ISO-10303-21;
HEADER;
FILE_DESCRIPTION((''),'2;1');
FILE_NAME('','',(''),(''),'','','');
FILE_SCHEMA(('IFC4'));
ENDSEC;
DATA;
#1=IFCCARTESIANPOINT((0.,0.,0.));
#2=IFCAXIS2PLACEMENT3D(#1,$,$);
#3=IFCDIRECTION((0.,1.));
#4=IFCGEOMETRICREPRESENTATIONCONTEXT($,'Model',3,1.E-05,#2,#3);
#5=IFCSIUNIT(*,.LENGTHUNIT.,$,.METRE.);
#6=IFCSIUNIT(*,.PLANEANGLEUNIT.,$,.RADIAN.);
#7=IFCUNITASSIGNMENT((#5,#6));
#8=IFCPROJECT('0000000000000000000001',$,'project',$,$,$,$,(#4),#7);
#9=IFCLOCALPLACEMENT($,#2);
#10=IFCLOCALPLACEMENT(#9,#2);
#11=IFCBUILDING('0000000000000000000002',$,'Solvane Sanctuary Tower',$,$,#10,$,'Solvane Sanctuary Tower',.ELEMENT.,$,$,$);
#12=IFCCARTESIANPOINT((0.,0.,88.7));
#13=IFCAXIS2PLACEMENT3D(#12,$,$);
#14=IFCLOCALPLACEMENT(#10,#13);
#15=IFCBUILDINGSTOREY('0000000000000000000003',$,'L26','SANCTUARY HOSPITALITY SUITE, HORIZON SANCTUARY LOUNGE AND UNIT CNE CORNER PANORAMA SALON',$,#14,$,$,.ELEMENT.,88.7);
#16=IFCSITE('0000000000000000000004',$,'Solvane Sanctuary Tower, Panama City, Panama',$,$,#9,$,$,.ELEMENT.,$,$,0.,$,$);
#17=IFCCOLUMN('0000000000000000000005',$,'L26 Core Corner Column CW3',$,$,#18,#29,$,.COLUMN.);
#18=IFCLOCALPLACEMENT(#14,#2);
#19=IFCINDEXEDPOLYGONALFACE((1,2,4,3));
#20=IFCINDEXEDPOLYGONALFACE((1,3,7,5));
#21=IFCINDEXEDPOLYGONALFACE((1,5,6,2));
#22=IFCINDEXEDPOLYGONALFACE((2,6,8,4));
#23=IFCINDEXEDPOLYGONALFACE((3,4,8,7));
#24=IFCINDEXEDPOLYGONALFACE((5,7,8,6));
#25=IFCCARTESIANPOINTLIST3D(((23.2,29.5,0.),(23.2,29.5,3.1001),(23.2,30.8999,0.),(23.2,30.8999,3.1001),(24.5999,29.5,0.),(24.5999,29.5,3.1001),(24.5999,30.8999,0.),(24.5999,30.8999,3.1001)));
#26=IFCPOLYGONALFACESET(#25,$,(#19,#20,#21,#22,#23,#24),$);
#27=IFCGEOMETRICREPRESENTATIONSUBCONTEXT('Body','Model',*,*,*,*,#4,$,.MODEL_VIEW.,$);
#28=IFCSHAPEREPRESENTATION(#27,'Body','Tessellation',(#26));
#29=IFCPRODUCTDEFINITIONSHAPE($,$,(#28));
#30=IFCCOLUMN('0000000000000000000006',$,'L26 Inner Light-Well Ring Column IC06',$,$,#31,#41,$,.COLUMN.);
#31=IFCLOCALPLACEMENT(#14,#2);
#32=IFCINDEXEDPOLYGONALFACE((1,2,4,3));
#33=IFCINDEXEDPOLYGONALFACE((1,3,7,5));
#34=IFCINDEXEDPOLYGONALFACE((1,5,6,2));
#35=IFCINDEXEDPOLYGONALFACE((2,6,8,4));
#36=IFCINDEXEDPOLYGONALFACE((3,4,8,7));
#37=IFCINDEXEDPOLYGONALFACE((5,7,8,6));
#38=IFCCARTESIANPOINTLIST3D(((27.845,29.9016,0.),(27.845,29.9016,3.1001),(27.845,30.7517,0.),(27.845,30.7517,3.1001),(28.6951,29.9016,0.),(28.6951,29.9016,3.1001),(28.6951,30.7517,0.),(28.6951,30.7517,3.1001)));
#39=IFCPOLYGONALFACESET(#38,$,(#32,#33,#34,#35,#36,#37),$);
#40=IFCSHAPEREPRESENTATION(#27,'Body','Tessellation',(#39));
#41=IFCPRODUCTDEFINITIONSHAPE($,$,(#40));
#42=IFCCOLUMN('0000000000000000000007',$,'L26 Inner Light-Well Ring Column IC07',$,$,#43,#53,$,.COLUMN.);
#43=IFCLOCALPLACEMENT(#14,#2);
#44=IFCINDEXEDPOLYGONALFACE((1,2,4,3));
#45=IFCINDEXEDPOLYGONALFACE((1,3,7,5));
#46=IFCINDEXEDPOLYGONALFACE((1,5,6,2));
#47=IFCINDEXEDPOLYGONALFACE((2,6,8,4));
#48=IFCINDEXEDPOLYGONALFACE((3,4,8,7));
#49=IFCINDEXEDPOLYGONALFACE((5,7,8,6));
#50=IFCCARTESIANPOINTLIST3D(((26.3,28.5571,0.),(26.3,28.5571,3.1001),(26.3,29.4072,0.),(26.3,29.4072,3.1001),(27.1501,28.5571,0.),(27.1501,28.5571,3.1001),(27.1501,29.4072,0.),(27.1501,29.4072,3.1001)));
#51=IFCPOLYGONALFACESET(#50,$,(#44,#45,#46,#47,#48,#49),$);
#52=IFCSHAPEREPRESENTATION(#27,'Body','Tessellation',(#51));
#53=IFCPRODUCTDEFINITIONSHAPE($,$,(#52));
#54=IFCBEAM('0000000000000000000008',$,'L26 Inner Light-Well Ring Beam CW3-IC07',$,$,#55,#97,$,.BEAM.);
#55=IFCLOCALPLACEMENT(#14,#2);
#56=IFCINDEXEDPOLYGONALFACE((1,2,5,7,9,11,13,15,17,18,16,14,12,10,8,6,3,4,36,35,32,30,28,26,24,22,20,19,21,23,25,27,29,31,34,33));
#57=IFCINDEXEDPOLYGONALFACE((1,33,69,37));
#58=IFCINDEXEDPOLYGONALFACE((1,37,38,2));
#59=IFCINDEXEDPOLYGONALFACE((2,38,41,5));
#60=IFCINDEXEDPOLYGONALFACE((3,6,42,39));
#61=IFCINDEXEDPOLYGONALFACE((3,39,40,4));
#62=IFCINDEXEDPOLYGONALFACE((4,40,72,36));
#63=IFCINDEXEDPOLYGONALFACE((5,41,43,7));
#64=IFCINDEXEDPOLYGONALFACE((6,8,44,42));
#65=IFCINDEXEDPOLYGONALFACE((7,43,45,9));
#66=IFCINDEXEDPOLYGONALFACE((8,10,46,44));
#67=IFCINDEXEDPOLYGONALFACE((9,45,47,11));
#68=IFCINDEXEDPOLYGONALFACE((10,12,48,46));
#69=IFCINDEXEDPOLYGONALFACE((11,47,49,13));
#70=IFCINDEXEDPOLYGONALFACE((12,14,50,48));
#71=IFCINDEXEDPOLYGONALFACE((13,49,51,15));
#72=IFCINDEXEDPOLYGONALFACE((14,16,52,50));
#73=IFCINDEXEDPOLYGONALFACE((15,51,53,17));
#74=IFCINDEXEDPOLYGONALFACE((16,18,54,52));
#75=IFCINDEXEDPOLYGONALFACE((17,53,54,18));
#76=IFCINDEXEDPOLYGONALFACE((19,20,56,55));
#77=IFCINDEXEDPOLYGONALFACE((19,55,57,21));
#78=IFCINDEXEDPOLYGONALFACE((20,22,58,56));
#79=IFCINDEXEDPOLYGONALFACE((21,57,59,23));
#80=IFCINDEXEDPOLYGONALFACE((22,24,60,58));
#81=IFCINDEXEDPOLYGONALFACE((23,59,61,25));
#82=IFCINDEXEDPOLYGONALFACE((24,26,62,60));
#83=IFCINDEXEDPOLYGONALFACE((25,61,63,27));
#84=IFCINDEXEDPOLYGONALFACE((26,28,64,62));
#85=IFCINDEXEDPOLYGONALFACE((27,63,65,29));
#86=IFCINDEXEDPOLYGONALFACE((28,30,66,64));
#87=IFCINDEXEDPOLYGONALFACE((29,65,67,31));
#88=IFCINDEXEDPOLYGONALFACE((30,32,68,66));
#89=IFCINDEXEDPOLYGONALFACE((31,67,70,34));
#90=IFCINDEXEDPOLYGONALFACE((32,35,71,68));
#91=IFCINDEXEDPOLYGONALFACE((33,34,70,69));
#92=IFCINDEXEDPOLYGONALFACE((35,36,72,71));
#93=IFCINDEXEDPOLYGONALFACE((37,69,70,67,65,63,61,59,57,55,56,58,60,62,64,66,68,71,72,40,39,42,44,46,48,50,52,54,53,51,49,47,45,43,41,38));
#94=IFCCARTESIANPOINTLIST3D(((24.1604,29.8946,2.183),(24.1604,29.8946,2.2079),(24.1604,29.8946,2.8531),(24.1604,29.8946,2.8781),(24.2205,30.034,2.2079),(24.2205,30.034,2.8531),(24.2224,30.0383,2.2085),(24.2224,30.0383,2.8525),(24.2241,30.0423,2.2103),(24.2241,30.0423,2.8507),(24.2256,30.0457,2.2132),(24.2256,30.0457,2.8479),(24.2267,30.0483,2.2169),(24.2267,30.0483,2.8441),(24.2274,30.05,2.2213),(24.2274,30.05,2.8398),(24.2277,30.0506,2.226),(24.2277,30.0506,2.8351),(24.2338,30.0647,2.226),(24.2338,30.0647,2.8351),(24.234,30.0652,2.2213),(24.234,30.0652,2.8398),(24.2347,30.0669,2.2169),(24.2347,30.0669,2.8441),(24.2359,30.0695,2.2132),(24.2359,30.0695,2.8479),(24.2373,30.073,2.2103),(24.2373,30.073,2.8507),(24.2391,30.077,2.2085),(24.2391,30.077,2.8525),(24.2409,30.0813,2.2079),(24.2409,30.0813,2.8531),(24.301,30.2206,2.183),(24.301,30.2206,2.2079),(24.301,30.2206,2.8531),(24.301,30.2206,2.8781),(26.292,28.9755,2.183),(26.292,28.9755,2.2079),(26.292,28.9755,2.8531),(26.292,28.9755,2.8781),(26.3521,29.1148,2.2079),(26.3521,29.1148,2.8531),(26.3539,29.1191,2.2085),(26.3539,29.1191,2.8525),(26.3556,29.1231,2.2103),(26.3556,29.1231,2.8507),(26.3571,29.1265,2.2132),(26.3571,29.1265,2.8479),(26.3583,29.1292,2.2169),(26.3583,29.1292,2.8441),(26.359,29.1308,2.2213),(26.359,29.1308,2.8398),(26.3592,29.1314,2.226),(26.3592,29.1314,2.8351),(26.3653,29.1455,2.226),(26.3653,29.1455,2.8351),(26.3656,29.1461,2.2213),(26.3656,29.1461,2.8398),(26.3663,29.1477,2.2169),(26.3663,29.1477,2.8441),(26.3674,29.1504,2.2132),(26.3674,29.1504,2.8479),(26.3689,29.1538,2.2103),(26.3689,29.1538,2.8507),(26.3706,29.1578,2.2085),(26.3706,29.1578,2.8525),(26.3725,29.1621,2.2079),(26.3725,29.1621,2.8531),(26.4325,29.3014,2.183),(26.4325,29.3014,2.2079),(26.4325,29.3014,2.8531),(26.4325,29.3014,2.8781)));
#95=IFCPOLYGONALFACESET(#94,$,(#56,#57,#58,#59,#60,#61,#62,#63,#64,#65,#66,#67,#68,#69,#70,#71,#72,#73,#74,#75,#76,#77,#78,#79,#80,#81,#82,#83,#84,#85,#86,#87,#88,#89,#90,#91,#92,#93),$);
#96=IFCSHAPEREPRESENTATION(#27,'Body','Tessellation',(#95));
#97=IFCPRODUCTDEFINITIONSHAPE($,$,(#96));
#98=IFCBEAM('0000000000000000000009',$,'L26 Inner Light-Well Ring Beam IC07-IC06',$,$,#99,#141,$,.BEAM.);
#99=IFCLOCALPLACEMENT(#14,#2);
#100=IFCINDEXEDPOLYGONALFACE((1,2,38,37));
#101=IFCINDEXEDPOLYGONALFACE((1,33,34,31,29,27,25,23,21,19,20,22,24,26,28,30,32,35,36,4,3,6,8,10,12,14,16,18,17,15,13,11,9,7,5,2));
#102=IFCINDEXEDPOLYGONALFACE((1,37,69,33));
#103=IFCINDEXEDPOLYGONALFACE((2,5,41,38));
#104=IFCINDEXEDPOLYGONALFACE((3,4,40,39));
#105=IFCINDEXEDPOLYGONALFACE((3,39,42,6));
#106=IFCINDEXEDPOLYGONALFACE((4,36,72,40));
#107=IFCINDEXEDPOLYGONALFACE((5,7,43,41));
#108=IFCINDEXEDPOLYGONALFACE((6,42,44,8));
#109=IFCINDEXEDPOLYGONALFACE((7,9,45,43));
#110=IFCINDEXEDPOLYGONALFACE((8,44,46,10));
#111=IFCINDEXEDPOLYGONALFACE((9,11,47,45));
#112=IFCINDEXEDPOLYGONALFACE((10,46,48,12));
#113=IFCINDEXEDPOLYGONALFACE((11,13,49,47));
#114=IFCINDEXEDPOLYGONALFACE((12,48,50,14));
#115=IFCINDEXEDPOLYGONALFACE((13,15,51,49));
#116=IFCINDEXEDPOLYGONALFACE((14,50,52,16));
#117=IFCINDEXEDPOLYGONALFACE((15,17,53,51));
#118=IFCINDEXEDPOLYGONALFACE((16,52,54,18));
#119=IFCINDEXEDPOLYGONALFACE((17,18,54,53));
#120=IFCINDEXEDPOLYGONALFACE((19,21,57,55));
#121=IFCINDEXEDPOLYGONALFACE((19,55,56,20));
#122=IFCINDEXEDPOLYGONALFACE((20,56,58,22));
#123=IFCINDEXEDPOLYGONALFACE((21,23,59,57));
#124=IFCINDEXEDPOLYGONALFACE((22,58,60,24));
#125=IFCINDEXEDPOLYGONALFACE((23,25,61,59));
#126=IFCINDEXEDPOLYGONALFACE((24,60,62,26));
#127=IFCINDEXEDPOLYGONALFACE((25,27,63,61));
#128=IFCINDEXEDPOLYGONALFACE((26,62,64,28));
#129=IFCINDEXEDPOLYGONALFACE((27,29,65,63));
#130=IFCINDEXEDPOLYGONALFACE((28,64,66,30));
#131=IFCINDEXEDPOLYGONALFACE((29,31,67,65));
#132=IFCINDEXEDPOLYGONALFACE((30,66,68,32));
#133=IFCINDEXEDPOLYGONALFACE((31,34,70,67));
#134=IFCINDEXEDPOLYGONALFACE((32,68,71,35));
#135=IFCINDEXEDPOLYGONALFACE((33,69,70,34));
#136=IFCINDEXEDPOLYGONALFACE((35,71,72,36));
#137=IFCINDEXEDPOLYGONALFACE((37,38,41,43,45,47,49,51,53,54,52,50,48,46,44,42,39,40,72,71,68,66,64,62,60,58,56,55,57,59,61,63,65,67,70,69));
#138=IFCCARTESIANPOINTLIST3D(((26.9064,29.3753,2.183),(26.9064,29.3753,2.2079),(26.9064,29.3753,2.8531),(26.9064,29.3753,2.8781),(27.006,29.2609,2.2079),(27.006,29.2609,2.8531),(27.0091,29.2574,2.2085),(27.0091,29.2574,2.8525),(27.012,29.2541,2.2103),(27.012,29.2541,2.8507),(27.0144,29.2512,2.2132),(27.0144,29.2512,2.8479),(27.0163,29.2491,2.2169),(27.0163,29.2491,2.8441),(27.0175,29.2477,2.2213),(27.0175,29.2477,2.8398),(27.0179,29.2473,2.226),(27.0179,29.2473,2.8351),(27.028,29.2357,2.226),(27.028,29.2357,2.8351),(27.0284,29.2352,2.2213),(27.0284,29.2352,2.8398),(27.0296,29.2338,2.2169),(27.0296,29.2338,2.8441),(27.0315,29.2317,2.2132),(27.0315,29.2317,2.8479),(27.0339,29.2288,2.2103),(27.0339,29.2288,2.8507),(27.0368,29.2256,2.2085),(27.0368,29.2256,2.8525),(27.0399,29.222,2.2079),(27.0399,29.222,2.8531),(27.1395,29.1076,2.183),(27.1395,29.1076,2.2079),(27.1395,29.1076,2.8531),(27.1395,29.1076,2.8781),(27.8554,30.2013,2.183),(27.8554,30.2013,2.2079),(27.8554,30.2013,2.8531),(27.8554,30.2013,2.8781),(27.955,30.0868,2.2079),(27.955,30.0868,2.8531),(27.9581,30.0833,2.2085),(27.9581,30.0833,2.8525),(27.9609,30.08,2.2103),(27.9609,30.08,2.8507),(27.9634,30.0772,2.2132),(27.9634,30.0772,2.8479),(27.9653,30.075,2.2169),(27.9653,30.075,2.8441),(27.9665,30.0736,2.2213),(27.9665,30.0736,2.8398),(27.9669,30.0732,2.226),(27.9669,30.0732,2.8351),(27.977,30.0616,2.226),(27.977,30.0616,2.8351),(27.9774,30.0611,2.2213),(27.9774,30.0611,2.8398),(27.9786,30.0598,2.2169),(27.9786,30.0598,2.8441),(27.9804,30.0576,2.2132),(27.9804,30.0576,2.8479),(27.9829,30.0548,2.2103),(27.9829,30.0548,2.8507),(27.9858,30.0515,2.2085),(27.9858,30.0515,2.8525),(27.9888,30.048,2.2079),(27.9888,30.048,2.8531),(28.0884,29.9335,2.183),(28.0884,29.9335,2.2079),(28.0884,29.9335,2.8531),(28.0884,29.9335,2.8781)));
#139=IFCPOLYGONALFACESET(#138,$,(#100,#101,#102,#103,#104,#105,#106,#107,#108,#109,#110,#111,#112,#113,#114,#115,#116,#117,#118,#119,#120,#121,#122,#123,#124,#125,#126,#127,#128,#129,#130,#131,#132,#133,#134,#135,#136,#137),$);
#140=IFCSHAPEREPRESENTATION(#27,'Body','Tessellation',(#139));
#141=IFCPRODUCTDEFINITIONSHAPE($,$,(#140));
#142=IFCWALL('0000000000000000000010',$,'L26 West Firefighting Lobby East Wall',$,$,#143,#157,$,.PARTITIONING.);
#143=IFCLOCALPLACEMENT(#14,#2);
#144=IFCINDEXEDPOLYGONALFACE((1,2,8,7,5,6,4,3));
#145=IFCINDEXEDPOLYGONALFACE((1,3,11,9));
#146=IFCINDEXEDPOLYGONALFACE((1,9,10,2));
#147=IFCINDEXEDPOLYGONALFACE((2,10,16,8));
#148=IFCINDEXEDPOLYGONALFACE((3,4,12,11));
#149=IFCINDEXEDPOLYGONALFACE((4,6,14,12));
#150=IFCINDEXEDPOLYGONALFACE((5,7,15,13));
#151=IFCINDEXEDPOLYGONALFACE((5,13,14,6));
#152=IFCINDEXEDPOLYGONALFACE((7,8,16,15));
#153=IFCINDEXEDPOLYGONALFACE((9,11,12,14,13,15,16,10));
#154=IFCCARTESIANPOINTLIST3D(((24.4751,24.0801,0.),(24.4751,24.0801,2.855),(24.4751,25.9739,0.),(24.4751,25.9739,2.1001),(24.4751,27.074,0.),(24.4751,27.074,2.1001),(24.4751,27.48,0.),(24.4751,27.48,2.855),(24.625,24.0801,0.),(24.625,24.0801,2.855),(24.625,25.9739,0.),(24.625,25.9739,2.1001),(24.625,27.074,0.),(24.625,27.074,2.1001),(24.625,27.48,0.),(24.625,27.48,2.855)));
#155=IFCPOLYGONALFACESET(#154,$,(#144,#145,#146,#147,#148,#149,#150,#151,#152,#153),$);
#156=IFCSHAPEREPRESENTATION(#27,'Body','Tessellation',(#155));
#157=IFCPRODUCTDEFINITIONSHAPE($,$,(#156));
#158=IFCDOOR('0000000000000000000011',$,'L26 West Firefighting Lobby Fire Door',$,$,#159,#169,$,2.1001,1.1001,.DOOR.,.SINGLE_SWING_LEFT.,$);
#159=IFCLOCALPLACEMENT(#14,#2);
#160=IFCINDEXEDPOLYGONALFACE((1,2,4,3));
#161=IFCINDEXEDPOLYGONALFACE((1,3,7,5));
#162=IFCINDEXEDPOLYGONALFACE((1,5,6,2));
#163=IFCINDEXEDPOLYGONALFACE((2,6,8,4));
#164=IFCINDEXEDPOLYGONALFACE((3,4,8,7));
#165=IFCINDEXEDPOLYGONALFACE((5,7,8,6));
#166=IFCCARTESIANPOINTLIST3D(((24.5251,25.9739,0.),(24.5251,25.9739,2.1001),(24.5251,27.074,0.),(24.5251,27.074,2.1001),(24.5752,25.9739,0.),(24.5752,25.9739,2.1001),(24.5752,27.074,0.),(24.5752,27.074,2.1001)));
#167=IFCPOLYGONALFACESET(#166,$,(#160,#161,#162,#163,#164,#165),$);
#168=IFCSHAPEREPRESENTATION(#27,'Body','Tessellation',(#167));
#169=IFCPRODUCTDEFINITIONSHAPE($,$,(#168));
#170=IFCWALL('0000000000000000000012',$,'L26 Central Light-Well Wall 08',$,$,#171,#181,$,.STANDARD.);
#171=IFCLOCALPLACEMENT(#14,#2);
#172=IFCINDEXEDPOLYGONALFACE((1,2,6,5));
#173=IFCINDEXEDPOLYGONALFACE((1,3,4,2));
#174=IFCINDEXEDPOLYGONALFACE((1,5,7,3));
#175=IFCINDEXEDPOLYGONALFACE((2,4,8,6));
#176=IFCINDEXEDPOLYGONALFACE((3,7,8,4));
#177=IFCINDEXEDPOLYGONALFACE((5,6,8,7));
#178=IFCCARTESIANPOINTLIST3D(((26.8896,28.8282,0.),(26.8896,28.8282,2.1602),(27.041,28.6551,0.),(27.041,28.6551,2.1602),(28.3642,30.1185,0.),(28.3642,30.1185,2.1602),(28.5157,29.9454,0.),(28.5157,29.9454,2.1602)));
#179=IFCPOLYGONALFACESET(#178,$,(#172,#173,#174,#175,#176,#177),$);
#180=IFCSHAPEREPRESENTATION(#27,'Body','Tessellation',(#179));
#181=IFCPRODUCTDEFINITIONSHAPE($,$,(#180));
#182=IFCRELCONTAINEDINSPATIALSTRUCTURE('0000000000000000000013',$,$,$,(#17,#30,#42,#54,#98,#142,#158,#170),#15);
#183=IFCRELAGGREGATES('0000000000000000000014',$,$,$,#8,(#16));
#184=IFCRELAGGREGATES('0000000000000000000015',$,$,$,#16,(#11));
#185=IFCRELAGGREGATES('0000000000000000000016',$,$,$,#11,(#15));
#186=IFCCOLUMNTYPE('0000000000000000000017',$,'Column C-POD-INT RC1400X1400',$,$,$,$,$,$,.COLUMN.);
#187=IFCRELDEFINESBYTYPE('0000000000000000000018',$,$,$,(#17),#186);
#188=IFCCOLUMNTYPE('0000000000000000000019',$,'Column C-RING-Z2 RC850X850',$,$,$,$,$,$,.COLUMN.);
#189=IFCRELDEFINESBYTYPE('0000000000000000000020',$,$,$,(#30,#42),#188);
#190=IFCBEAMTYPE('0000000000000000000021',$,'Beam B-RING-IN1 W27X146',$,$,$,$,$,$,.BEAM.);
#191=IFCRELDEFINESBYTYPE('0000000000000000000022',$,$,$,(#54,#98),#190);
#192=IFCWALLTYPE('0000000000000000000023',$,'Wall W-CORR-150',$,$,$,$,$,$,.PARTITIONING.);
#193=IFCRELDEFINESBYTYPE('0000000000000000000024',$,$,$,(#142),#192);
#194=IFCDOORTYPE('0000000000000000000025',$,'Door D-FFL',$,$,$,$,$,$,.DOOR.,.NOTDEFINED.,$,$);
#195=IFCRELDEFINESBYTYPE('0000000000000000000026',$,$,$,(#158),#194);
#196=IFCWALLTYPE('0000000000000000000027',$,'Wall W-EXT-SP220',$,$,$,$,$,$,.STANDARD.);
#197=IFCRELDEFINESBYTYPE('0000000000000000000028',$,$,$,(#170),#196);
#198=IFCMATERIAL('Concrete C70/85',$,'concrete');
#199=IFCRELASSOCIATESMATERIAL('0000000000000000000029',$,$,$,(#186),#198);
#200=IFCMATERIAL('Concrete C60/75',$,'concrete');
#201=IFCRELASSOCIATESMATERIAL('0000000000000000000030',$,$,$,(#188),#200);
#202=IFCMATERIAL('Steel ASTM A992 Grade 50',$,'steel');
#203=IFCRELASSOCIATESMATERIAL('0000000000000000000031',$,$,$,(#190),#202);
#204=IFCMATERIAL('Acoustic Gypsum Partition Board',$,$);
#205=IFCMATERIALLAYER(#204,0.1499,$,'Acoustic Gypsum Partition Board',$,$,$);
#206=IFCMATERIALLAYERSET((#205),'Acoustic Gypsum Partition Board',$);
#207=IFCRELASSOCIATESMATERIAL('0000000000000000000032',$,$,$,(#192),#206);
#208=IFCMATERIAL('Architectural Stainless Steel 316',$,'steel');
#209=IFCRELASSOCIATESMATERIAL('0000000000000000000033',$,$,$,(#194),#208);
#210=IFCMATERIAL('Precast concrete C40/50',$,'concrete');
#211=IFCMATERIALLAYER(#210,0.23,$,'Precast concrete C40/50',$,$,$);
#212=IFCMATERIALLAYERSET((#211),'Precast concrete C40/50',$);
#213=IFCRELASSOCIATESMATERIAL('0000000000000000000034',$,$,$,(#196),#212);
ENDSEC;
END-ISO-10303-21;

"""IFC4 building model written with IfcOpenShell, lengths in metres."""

from ifc_helpers import new_model, si_unit, direction, frame, frame_2d, origin, origin_2d, place, context, subcontext, project, spatial, rectangle, i_section, extrude, material, layer, layer_set, material_profile, profile_set, type_object, element, fill, save


model = new_model("IFC4")

# Units and contexts
model_context = context("Model", 3, precision=1e-05, world=origin(), true_north=direction((0.0, 1.0)))
body_context = subcontext(model_context, "Body", "Model", "MODEL_VIEW")
ifc_project = project(units=[si_unit("LENGTHUNIT", "METRE"), si_unit("PLANEANGLEUNIT", "RADIAN")], contexts=[model_context])

# Site, building, storey
site_placement = place(None, origin())
site = spatial("IfcSite", under=ifc_project, at=site_placement, Name="Solvane Sanctuary Tower, Panama City, Panama", CompositionType="ELEMENT", RefElevation=0.0)
building_placement = place(site_placement, origin())
building = spatial("IfcBuilding", under=site, at=building_placement, Name="Solvane Sanctuary Tower", LongName="Solvane Sanctuary Tower", CompositionType="ELEMENT")
storey_placement = place(building_placement, frame((0.0, 0.0, 88.7)))
storey = spatial("IfcBuildingStorey", under=building, at=storey_placement, Name="L26", Description="SANCTUARY HOSPITALITY SUITE, HORIZON SANCTUARY LOUNGE AND UNIT CNE CORNER PANORAMA SALON", CompositionType="ELEMENT", Elevation=88.7)

# Columns
ifc_material_1 = material(Name="Concrete C70/85", Category="concrete")
ifc_material_profile_1 = material_profile(ifc_material_1, rectangle(XDim=1.3999, YDim=1.3999, at=origin_2d()), Name="RC1400X1400")
ifc_profile_set_1 = profile_set([ifc_material_profile_1], Name="Concrete C70/85")
column_type_1 = type_object("IfcColumnType", Name="Column C-POD-INT RC1400X1400", PredefinedType="COLUMN", material=ifc_profile_set_1)
column_placement = place(storey_placement, frame((23.8999, 30.2, 0.0), z_axis=(0.0, 0.0, 1.0), x_axis=(1.0, 0.0, 0.0)))
element("IfcColumn", 1, at=column_placement, inside=storey, type_object=column_type_1, Name="L26 Core Corner Column CW3", PredefinedType="COLUMN", context=body_context, shape_type="SweptSolid", body=[
    extrude(rectangle(XDim=1.3999, YDim=1.3999, at=origin_2d()), origin(), (0.0, 0.0, 1.0), 3.1001),
])
ifc_material_2 = material(Name="Concrete C60/75", Category="concrete")
ifc_material_profile_2 = material_profile(ifc_material_2, rectangle(XDim=0.8501, YDim=0.8501, at=origin_2d()), Name="RC850X850")
ifc_profile_set_2 = profile_set([ifc_material_profile_2], Name="Concrete C60/75")
column_type_2 = type_object("IfcColumnType", Name="Column C-RING-Z2 RC850X850", PredefinedType="COLUMN", material=ifc_profile_set_2)
for number, where, z_axis, x_axis, name in (
    (2, (28.27, 30.3267, 0.0), (0.0, 0.0, 1.0), (1.0, 0.0, 0.0), "L26 Inner Light-Well Ring Column IC06"),
    (3, (26.7251, 28.9822, 0.0), (0.0, 0.0, 1.0), (1.0, 0.0, 0.0), "L26 Inner Light-Well Ring Column IC07"),
):
    element("IfcColumn", number, at=place(storey_placement, frame(where, z_axis=z_axis, x_axis=x_axis)), inside=storey, type_object=column_type_2, Name=name, PredefinedType="COLUMN", context=body_context, shape_type="SweptSolid", body=[
        extrude(rectangle(XDim=0.8501, YDim=0.8501, at=origin_2d()), origin(), (0.0, 0.0, 1.0), 3.1001),
    ])

# Beams
ifc_material_3 = material(Name="Steel ASTM A992 Grade 50", Category="steel")
ifc_material_profile_3 = material_profile(ifc_material_3, i_section(OverallWidth=0.355, OverallDepth=0.6951, WebThickness=0.0154, FlangeThickness=0.0249, FilletRadius=0.0181, at=origin_2d()), Name="W27X146")
ifc_profile_set_3 = profile_set([ifc_material_profile_3], Name="Steel ASTM A992 Grade 50")
beam_type = type_object("IfcBeamType", Name="Beam B-RING-IN1 W27X146", PredefinedType="BEAM", material=ifc_profile_set_3)
beam_1_placement = place(storey_placement, frame((24.2307, 30.0576, 2.5305), z_axis=(0.918261, -0.395975, 0.0), x_axis=(0.395975, 0.918261, 0.0)))
element("IfcBeam", 4, at=beam_1_placement, inside=storey, type_object=beam_type, Name="L26 Inner Light-Well Ring Beam CW3-IC07", PredefinedType="BEAM", context=body_context, shape_type="SweptSolid", body=[
    extrude(i_section(OverallWidth=0.355, OverallDepth=0.6951, WebThickness=0.0154, FlangeThickness=0.0249, FilletRadius=0.0181, at=origin_2d()), origin(), (0.0, 0.0, 1.0), 2.3213),
])
beam_2_placement = place(storey_placement, frame((27.0229, 29.2415, 2.5305), z_axis=(0.754317, 0.65651, 0.0), x_axis=(-0.65651, 0.754317, 0.0)))
element("IfcBeam", 5, at=beam_2_placement, inside=storey, type_object=beam_type, Name="L26 Inner Light-Well Ring Beam IC07-IC06", PredefinedType="BEAM", context=body_context, shape_type="SweptSolid", body=[
    extrude(i_section(OverallWidth=0.355, OverallDepth=0.6951, WebThickness=0.0154, FlangeThickness=0.0249, FilletRadius=0.0181, at=origin_2d()), origin(), (0.0, 0.0, 1.0), 1.2581),
])

# Wall, opening, door
ifc_material_4 = material(Name="Acoustic Gypsum Partition Board")
ifc_layer_1 = layer(ifc_material_4, 0.1499, Name="Acoustic Gypsum Partition Board")
ifc_layer_set_1 = layer_set([ifc_layer_1], Name="Acoustic Gypsum Partition Board")
wall_type_1 = type_object("IfcWallType", Name="Wall W-CORR-150", PredefinedType="PARTITIONING", material=ifc_layer_set_1)
wall_1_placement = place(storey_placement, frame((24.55, 24.0801, 0.0), z_axis=(0.0, 0.0, 1.0), x_axis=(0.0, 1.0, 0.0)))
wall_1 = element("IfcWall", 6, at=wall_1_placement, inside=storey, type_object=wall_type_1, Name="L26 West Firefighting Lobby East Wall", PredefinedType="PARTITIONING", context=body_context, shape_type="SweptSolid", body=[
    extrude(rectangle(XDim=3.3999, YDim=0.1499, at=frame_2d((1.7, 0.0))), origin(), (0.0, 0.0, 1.0), 2.855),
])
opening_1_placement = place(wall_1_placement, frame((1.8938, 0.0, 0.0)))
opening_1 = element("IfcOpeningElement", 7, at=opening_1_placement, cuts=wall_1, PredefinedType="OPENING", context=body_context, shape_type="SweptSolid", body=[
    extrude(rectangle(XDim=1.1001, YDim=2.1001, at=frame_2d((0.55, 1.05))), frame((0.0, 0.085, 0.0), z_axis=(0.0, -1.0, 0.0), x_axis=(1.0, 0.0, 0.0)), (0.0, 0.0, 1.0), 0.1699),
])
ifc_material_5 = material(Name="Architectural Stainless Steel 316", Category="steel")
door_type_1 = type_object("IfcDoorType", Name="Door D-FFL", OperationType="NOTDEFINED", PredefinedType="DOOR", material=ifc_material_5)
door_1_placement = place(opening_1_placement, origin())
door_1 = element("IfcDoor", 8, at=door_1_placement, inside=storey, type_object=door_type_1, Name="L26 West Firefighting Lobby Fire Door", OperationType="SINGLE_SWING_LEFT", OverallHeight=2.1001, OverallWidth=1.1001, PredefinedType="DOOR", context=body_context, shape_type="SweptSolid", body=[
    extrude(rectangle(XDim=1.1001, YDim=2.1001, at=frame_2d((0.55, 1.05))), frame((0.0, 0.0249, 0.0), z_axis=(0.0, -1.0, 0.0), x_axis=(1.0, 0.0, 0.0)), (0.0, 0.0, 1.0), 0.05),
])
fill(opening_1, door_1)

# Wall
ifc_material_6 = material(Name="Precast concrete C40/50", Category="concrete")
ifc_layer_2 = layer(ifc_material_6, 0.23, Name="Precast concrete C40/50")
ifc_layer_set_2 = layer_set([ifc_layer_2], Name="Precast concrete C40/50")
wall_type_2 = type_object("IfcWallType", Name="Wall W-EXT-SP220", PredefinedType="STANDARD", material=ifc_layer_set_2)
wall_2_placement = place(storey_placement, frame((28.4399, 30.032, 0.0), z_axis=(0.0, 0.0, 1.0), x_axis=(-0.752577, -0.658505, 0.0)))
element("IfcWall", 9, at=wall_2_placement, inside=storey, type_object=wall_type_2, Name="L26 Central Light-Well Wall 08", PredefinedType="STANDARD", context=body_context, shape_type="SweptSolid", body=[
    extrude(rectangle(XDim=1.9595, YDim=0.23, at=frame_2d((0.9797, 0.0))), origin(), (0.0, 0.0, 1.0), 2.1602),
])

save(model, "model.ifc")
